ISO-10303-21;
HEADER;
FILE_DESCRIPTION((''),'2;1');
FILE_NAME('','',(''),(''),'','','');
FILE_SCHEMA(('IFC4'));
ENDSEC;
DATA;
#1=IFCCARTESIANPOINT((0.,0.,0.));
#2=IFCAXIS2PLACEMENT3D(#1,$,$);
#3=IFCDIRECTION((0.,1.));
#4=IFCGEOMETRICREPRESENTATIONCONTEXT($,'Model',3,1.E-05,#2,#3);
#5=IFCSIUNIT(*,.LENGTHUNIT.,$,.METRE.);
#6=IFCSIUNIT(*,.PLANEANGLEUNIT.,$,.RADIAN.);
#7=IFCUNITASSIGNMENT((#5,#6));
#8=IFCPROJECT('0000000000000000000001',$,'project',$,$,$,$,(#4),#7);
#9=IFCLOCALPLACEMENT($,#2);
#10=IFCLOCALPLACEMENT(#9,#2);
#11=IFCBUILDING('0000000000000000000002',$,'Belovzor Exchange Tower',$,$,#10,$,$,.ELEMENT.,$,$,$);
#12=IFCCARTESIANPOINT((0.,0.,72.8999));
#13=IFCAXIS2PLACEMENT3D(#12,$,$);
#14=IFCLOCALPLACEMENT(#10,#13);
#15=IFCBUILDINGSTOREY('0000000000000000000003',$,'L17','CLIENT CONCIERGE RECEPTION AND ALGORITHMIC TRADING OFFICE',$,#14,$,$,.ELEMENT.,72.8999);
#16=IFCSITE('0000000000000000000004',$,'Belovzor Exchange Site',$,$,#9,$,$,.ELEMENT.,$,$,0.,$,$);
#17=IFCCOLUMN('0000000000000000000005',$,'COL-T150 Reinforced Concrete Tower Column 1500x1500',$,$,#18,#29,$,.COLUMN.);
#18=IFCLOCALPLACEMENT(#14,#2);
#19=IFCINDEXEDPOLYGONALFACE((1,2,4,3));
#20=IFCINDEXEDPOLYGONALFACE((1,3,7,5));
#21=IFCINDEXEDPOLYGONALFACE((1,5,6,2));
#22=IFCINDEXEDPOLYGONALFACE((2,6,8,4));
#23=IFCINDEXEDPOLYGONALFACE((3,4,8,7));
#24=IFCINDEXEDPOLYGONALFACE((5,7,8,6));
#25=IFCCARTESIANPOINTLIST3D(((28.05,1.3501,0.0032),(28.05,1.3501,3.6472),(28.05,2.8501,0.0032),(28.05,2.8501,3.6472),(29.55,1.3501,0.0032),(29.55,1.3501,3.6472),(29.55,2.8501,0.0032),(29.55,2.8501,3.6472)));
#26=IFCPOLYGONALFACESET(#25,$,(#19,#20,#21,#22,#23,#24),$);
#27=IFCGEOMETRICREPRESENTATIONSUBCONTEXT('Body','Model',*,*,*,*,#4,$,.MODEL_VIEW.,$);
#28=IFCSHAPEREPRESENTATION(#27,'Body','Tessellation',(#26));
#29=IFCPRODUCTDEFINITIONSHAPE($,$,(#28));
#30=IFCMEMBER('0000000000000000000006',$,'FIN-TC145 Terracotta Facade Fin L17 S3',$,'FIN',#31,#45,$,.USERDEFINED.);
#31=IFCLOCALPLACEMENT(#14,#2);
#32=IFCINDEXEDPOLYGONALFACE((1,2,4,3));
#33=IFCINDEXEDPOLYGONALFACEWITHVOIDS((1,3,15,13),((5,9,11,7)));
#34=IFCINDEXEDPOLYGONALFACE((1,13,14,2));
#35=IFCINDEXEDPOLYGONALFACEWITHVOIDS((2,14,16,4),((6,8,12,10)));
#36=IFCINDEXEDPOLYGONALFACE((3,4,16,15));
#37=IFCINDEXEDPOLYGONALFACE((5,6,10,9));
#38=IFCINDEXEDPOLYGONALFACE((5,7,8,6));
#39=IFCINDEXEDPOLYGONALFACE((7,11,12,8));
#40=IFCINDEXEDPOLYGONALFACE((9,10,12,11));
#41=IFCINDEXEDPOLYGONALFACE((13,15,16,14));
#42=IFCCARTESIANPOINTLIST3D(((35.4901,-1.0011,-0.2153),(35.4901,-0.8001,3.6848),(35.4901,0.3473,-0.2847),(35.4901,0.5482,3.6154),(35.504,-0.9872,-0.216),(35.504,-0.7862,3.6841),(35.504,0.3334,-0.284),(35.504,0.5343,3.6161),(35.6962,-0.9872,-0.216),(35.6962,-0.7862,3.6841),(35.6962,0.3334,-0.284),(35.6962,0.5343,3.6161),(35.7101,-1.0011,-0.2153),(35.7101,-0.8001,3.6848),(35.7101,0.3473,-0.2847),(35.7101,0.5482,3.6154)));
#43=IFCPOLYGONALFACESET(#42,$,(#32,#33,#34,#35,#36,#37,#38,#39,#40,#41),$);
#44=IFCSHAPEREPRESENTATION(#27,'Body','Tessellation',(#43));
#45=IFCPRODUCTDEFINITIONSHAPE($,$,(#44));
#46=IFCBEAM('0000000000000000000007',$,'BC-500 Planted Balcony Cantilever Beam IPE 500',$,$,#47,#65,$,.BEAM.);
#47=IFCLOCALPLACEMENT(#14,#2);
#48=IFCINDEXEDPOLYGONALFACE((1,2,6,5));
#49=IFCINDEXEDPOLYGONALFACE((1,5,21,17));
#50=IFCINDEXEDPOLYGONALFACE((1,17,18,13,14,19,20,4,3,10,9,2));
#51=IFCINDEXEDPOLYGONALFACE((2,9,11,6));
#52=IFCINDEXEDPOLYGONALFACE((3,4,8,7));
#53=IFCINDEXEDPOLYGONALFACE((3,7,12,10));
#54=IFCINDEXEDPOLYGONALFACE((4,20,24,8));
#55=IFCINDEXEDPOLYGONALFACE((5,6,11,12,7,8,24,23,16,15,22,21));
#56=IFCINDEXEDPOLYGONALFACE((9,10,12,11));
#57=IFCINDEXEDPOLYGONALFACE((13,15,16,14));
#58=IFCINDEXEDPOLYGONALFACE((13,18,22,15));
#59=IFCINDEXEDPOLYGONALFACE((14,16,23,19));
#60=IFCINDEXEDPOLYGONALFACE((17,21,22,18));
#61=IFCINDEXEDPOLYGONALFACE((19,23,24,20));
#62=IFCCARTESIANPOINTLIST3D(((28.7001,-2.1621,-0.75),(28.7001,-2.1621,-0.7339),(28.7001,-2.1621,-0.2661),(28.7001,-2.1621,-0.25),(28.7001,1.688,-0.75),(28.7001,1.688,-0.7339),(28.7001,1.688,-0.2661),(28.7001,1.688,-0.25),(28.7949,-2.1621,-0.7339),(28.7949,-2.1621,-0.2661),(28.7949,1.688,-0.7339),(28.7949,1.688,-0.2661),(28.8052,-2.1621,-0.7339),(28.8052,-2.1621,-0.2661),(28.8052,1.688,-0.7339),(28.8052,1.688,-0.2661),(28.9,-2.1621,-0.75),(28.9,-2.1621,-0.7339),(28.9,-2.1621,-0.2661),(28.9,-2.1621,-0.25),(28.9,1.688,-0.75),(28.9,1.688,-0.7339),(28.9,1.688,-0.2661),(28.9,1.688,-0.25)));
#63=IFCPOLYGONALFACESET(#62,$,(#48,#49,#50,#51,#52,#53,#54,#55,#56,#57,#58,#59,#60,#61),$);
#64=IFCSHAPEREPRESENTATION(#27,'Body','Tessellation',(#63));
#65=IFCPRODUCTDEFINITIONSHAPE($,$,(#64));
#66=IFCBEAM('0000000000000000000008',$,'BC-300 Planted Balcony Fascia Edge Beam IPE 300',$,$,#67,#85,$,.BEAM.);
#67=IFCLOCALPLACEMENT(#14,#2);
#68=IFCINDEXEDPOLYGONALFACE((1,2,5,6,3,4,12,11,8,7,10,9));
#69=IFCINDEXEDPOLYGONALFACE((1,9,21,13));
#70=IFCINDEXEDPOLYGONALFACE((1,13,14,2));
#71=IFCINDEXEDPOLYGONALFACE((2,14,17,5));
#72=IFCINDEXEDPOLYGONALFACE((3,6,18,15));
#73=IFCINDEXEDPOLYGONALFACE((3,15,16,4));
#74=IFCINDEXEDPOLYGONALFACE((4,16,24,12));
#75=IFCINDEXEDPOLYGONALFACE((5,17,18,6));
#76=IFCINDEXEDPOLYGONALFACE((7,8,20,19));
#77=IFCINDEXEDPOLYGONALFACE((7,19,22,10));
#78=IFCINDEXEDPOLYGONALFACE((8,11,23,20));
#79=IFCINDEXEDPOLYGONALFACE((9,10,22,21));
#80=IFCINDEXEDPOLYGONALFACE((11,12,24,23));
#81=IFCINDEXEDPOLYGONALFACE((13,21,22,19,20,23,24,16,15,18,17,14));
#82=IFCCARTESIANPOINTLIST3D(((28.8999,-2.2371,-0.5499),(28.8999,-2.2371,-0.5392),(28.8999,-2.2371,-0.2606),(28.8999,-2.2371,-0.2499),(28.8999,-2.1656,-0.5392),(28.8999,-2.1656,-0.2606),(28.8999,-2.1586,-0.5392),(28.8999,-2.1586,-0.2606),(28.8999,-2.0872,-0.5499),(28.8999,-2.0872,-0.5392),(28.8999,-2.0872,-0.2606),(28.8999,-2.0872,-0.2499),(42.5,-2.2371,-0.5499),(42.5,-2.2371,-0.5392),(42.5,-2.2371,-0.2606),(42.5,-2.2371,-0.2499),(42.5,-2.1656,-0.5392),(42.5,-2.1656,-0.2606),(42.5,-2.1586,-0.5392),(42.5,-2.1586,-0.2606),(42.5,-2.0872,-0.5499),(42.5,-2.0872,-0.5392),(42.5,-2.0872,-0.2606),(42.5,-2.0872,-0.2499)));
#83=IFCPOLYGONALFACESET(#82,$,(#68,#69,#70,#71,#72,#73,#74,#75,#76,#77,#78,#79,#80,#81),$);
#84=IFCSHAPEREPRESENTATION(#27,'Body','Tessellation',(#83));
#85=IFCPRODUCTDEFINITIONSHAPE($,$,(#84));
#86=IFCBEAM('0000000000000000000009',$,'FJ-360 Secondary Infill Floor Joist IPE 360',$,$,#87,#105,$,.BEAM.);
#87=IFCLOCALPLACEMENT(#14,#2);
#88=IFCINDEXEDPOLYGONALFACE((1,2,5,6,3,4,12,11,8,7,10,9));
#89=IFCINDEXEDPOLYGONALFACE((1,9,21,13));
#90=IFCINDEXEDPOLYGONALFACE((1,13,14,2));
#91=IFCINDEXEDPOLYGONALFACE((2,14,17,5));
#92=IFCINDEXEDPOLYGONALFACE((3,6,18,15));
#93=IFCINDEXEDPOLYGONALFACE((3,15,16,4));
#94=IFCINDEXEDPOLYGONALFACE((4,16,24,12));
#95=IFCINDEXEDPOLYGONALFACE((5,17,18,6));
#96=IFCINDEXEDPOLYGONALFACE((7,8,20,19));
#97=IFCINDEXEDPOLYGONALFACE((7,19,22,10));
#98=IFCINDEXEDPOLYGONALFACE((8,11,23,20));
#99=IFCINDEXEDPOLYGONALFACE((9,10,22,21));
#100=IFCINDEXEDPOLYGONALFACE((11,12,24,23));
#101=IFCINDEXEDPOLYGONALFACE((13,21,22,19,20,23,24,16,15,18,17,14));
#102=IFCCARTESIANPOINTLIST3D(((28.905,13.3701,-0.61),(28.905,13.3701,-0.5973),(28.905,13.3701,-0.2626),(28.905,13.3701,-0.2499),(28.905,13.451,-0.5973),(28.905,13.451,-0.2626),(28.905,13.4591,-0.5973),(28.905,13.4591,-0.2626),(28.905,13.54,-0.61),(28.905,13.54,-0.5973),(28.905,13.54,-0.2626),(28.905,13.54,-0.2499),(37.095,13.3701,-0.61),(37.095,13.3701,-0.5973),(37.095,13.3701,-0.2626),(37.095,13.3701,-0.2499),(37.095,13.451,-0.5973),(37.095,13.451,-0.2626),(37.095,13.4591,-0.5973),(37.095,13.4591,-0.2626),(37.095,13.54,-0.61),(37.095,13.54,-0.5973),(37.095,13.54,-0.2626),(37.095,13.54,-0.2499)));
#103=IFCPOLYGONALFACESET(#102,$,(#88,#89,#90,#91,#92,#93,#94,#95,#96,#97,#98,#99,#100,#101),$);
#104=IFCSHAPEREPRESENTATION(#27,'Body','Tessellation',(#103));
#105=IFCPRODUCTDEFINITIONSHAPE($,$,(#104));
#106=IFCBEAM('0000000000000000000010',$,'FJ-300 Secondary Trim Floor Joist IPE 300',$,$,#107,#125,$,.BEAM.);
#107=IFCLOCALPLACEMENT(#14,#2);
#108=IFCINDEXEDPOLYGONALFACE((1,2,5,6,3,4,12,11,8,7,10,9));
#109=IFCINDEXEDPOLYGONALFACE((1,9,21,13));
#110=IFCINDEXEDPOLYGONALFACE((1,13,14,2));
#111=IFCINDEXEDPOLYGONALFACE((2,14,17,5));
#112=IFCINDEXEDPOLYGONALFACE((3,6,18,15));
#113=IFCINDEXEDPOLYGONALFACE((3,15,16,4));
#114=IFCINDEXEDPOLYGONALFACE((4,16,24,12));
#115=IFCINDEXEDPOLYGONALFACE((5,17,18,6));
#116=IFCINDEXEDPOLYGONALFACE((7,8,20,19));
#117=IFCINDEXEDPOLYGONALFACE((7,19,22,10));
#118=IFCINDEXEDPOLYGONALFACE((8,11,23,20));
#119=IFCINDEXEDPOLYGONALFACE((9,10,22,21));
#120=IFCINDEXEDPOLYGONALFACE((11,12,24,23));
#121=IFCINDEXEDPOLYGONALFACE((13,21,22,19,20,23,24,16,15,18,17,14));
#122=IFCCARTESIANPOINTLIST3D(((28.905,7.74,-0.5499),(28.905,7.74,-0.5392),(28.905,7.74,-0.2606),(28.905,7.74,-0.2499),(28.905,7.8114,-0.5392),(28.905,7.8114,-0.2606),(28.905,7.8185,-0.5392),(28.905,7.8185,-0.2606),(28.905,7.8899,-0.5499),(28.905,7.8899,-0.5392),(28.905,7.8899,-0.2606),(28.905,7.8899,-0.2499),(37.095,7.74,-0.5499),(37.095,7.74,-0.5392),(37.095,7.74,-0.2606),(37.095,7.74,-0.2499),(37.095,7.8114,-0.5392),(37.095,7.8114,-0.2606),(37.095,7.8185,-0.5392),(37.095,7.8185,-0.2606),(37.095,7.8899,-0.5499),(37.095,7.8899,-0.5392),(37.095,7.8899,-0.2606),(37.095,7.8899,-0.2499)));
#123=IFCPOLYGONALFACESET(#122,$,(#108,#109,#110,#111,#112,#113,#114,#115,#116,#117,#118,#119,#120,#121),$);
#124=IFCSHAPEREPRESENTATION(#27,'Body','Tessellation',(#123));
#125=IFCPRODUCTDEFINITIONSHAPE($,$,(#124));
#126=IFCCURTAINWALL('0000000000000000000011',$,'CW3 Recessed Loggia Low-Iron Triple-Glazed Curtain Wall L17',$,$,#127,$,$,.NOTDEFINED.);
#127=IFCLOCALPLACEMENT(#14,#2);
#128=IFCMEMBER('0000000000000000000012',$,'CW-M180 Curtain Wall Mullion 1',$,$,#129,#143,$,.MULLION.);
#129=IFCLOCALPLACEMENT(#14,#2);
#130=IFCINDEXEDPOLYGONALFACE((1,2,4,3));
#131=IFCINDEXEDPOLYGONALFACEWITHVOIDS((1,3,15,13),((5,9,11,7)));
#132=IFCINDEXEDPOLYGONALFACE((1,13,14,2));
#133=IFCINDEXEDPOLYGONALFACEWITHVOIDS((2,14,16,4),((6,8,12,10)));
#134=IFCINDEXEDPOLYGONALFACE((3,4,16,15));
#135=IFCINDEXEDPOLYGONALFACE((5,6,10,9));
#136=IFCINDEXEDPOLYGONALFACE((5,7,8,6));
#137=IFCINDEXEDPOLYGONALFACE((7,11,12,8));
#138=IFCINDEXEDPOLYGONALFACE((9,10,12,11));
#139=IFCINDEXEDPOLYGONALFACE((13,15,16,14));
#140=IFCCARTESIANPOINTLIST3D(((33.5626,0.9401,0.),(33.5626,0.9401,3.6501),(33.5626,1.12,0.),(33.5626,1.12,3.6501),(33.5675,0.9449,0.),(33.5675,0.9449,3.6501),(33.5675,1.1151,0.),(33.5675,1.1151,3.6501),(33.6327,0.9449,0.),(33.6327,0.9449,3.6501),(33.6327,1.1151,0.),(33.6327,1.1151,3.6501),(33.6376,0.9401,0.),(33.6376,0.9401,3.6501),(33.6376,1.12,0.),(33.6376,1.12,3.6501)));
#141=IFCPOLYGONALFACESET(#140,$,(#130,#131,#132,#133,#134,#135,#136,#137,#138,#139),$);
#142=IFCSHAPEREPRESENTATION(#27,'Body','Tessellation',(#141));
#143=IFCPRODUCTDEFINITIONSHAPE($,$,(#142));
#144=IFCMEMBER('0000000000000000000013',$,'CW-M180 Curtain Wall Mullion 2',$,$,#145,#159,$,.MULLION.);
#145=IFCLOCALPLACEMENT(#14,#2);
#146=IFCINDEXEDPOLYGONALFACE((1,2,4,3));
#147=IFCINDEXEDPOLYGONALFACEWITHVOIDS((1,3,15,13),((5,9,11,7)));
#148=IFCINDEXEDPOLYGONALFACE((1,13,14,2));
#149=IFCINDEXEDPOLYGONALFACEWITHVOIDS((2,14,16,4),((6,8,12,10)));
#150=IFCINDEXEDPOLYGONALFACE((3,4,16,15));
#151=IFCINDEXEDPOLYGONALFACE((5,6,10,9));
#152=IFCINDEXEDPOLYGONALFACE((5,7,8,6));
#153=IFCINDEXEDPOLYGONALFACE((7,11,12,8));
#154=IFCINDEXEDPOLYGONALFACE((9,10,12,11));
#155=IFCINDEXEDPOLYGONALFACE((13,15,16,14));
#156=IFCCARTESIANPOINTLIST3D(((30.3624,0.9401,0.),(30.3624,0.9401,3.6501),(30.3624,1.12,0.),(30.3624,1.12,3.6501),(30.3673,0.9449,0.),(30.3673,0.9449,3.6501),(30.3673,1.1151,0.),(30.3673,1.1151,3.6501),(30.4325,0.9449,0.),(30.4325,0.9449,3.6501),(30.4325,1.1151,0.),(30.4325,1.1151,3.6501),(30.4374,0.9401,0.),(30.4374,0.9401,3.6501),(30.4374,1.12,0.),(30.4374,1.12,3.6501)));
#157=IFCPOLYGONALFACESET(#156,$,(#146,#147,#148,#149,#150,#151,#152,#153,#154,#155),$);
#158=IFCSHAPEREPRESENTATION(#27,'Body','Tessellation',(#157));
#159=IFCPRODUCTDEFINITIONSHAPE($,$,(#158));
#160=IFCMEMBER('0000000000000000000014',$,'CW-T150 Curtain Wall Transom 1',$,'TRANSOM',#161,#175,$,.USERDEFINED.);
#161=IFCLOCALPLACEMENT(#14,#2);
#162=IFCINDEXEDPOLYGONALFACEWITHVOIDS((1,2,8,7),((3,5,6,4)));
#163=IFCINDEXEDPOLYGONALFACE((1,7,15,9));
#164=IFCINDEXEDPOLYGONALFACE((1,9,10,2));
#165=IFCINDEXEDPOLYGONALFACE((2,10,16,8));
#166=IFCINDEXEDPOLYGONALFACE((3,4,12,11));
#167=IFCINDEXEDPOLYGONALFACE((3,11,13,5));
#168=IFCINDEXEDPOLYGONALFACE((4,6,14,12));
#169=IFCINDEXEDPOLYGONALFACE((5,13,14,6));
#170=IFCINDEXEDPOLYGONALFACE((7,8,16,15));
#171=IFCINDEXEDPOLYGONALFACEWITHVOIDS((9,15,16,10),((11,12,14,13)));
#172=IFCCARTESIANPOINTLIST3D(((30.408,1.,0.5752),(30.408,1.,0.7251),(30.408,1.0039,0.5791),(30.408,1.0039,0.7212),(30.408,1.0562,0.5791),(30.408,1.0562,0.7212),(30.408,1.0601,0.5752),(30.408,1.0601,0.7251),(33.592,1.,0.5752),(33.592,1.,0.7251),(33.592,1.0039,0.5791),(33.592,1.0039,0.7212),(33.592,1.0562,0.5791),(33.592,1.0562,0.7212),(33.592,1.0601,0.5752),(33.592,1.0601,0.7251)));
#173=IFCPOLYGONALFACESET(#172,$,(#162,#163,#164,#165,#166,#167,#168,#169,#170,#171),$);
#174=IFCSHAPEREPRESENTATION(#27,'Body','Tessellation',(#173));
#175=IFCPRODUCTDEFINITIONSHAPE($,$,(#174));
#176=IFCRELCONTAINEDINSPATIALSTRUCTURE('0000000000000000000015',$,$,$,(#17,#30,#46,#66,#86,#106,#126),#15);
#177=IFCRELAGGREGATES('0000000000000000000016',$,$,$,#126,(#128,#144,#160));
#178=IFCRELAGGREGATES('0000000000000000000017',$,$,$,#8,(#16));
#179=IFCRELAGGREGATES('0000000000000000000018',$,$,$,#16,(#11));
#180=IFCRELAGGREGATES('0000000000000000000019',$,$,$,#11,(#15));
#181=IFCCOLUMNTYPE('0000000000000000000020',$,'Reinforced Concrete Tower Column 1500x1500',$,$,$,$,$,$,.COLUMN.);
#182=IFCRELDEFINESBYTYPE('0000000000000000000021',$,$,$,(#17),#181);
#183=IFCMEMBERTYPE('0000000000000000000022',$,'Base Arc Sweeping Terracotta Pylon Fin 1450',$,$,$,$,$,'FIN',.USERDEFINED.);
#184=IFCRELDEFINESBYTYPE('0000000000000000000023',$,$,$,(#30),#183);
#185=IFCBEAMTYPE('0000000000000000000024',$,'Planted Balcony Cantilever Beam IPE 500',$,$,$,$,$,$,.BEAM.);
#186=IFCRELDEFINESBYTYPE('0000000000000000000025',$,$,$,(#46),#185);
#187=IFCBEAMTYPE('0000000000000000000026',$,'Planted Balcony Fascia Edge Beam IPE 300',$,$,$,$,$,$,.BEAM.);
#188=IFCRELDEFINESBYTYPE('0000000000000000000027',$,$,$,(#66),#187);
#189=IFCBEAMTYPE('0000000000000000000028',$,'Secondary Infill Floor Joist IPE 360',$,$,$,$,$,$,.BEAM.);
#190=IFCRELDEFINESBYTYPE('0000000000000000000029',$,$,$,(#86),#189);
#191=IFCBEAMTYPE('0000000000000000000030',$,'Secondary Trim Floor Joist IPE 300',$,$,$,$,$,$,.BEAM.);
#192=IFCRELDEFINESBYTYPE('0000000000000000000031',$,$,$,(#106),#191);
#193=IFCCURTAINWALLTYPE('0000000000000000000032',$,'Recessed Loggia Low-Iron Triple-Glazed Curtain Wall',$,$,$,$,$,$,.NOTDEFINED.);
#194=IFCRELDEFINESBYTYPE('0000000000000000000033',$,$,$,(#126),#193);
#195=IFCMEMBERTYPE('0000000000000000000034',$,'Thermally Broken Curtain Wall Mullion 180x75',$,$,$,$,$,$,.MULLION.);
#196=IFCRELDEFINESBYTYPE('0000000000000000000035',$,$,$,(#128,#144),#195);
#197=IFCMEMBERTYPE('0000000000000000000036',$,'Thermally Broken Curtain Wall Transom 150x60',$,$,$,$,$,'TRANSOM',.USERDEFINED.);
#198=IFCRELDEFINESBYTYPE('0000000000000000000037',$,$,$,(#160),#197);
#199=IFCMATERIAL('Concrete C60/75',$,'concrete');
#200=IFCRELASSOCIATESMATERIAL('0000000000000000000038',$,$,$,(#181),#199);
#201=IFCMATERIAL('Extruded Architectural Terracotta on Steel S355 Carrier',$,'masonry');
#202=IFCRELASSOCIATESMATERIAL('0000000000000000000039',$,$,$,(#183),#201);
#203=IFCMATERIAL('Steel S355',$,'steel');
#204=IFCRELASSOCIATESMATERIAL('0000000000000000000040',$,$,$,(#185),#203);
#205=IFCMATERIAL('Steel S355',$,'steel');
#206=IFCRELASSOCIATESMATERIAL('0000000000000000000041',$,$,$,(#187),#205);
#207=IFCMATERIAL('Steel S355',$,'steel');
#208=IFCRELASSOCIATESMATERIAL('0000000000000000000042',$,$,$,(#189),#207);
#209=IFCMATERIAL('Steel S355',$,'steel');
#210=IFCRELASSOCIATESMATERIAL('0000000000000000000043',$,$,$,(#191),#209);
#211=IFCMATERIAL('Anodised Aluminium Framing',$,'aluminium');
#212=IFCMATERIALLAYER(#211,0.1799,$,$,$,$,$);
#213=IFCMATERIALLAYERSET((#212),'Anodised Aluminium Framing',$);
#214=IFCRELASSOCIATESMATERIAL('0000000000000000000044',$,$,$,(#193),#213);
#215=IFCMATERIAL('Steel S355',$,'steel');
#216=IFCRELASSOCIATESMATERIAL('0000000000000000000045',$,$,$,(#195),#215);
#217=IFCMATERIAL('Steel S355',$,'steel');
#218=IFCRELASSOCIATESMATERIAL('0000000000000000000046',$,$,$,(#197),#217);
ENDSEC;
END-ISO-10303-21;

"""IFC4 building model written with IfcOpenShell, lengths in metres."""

from ifc_helpers import new_model, si_unit, direction, frame, origin, origin_2d, place, context, subcontext, project, spatial, rectangle, hollow_rectangle, i_section, extrude, material, layer, layer_set, material_profile, profile_set, type_object, element, aggregate, save


model = new_model("IFC4")

# Units and contexts
model_context = context("Model", 3, precision=1e-05, world=origin(), true_north=direction((0.0, 1.0)))
body_context = subcontext(model_context, "Body", "Model", "MODEL_VIEW")
ifc_project = project(units=[si_unit("LENGTHUNIT", "METRE"), si_unit("PLANEANGLEUNIT", "RADIAN")], contexts=[model_context])

# Site, building, storey
site_placement = place(None, origin())
site = spatial("IfcSite", under=ifc_project, at=site_placement, Name="Belovzor Exchange Site", CompositionType="ELEMENT", RefElevation=0.0)
building_placement = place(site_placement, origin())
building = spatial("IfcBuilding", under=site, at=building_placement, Name="Belovzor Exchange Tower", CompositionType="ELEMENT")
storey_placement = place(building_placement, frame((0.0, 0.0, 72.8999)))
storey = spatial("IfcBuildingStorey", under=building, at=storey_placement, Name="L17", Description="CLIENT CONCIERGE RECEPTION AND ALGORITHMIC TRADING OFFICE", CompositionType="ELEMENT", Elevation=72.8999)

# Column
ifc_material_1 = material(Name="Concrete C60/75", Category="concrete")
ifc_material_profile_1 = material_profile(ifc_material_1, rectangle(XDim=1.5, YDim=1.5, at=origin_2d()))
ifc_profile_set_1 = profile_set([ifc_material_profile_1], Name="Concrete C60/75")
column_type = type_object("IfcColumnType", Name="Reinforced Concrete Tower Column 1500x1500", PredefinedType="COLUMN", material=ifc_profile_set_1)
column_placement = place(storey_placement, frame((28.8, 2.1001, 0.0032), z_axis=(0.0, 0.0, 1.0), x_axis=(1.0, 0.0, 0.0)))
element("IfcColumn", 1, at=column_placement, inside=storey, type_object=column_type, Name="COL-T150 Reinforced Concrete Tower Column 1500x1500", PredefinedType="COLUMN", context=body_context, shape_type="SweptSolid", body=[
    extrude(rectangle(XDim=1.5, YDim=1.5, at=origin_2d()), origin(), (0.0, 0.0, 1.0), 3.644),
])

# Member
ifc_material_2 = material(Name="Extruded Architectural Terracotta on Steel S355 Carrier", Category="masonry")
ifc_material_profile_2 = material_profile(ifc_material_2, hollow_rectangle(XDim=0.22, YDim=1.3501, WallThickness=0.0139, at=origin_2d()))
ifc_profile_set_2 = profile_set([ifc_material_profile_2], Name="Extruded Architectural Terracotta on Steel S355 Carrier")
member_type_1 = type_object("IfcMemberType", Name="Base Arc Sweeping Terracotta Pylon Fin 1450", ElementType="FIN", PredefinedType="USERDEFINED", material=ifc_profile_set_2)
member_1_placement = place(storey_placement, frame((35.6001, -0.3269, -0.25), z_axis=(0.0, 0.05145, 0.998676), x_axis=(-1.0, 0.0, 0.0)))
element("IfcMember", 2, at=member_1_placement, inside=storey, type_object=member_type_1, Name="FIN-TC145 Terracotta Facade Fin L17 S3", ObjectType="FIN", PredefinedType="USERDEFINED", context=body_context, shape_type="SweptSolid", body=[
    extrude(hollow_rectangle(XDim=0.22, YDim=1.3501, WallThickness=0.0139, at=origin_2d()), origin(), (0.0, 0.0, 1.0), 3.9053),
])

# Beams
ifc_material_3 = material(Name="Steel S355", Category="steel")
ifc_material_profile_3 = material_profile(ifc_material_3, i_section(OverallWidth=0.2, OverallDepth=0.5, WebThickness=0.0103, FlangeThickness=0.0161, at=origin_2d()))
ifc_profile_set_3 = profile_set([ifc_material_profile_3], Name="Steel S355")
beam_type_1 = type_object("IfcBeamType", Name="Planted Balcony Cantilever Beam IPE 500", PredefinedType="BEAM", material=ifc_profile_set_3)
beam_1_placement = place(storey_placement, frame((28.8, 1.688, -0.5), z_axis=(0.0, -1.0, 0.0), x_axis=(1.0, 0.0, 0.0)))
element("IfcBeam", 3, at=beam_1_placement, inside=storey, type_object=beam_type_1, Name="BC-500 Planted Balcony Cantilever Beam IPE 500", PredefinedType="BEAM", context=body_context, shape_type="SweptSolid", body=[
    extrude(i_section(OverallWidth=0.2, OverallDepth=0.5, WebThickness=0.0103, FlangeThickness=0.0161, at=origin_2d()), origin(), (0.0, 0.0, 1.0), 3.8501),
])
ifc_material_4 = material(Name="Steel S355", Category="steel")
ifc_material_profile_4 = material_profile(ifc_material_4, i_section(OverallWidth=0.1499, OverallDepth=0.3, WebThickness=0.0071, FlangeThickness=0.0107, at=origin_2d()))
ifc_profile_set_4 = profile_set([ifc_material_profile_4], Name="Steel S355")
beam_type_2 = type_object("IfcBeamType", Name="Planted Balcony Fascia Edge Beam IPE 300", PredefinedType="BEAM", material=ifc_profile_set_4)
beam_2_placement = place(storey_placement, frame((28.8999, -2.1621, -0.3999), z_axis=(1.0, 0.0, 0.0), x_axis=(0.0, 1.0, 0.0)))
element("IfcBeam", 4, at=beam_2_placement, inside=storey, type_object=beam_type_2, Name="BC-300 Planted Balcony Fascia Edge Beam IPE 300", PredefinedType="BEAM", context=body_context, shape_type="SweptSolid", body=[
    extrude(i_section(OverallWidth=0.1499, OverallDepth=0.3, WebThickness=0.0071, FlangeThickness=0.0107, at=origin_2d()), origin(), (0.0, 0.0, 1.0), 13.6001),
])
ifc_material_5 = material(Name="Steel S355", Category="steel")
ifc_material_profile_5 = material_profile(ifc_material_5, i_section(OverallWidth=0.1699, OverallDepth=0.3601, WebThickness=0.0081, FlangeThickness=0.0127, at=origin_2d()))
ifc_profile_set_5 = profile_set([ifc_material_profile_5], Name="Steel S355")
beam_type_3 = type_object("IfcBeamType", Name="Secondary Infill Floor Joist IPE 360", PredefinedType="BEAM", material=ifc_profile_set_5)
beam_3_placement = place(storey_placement, frame((28.905, 13.4551, -0.4299), z_axis=(1.0, 0.0, 0.0), x_axis=(0.0, 1.0, 0.0)))
element("IfcBeam", 5, at=beam_3_placement, inside=storey, type_object=beam_type_3, Name="FJ-360 Secondary Infill Floor Joist IPE 360", PredefinedType="BEAM", context=body_context, shape_type="SweptSolid", body=[
    extrude(i_section(OverallWidth=0.1699, OverallDepth=0.3601, WebThickness=0.0081, FlangeThickness=0.0127, at=origin_2d()), origin(), (0.0, 0.0, 1.0), 8.1899),
])
ifc_material_6 = material(Name="Steel S355", Category="steel")
ifc_material_profile_6 = material_profile(ifc_material_6, i_section(OverallWidth=0.1499, OverallDepth=0.3, WebThickness=0.0071, FlangeThickness=0.0107, at=origin_2d()))
ifc_profile_set_6 = profile_set([ifc_material_profile_6], Name="Steel S355")
beam_type_4 = type_object("IfcBeamType", Name="Secondary Trim Floor Joist IPE 300", PredefinedType="BEAM", material=ifc_profile_set_6)
beam_4_placement = place(storey_placement, frame((28.905, 7.8149, -0.3999), z_axis=(1.0, 0.0, 0.0), x_axis=(0.0, 1.0, 0.0)))
element("IfcBeam", 6, at=beam_4_placement, inside=storey, type_object=beam_type_4, Name="FJ-300 Secondary Trim Floor Joist IPE 300", PredefinedType="BEAM", context=body_context, shape_type="SweptSolid", body=[
    extrude(i_section(OverallWidth=0.1499, OverallDepth=0.3, WebThickness=0.0071, FlangeThickness=0.0107, at=origin_2d()), origin(), (0.0, 0.0, 1.0), 8.1899),
])

# Curtain wall, members
ifc_material_7 = material(Name="Anodised Aluminium Framing", Category="aluminium")
ifc_layer_1 = layer(ifc_material_7, 0.1799)
ifc_layer_set_1 = layer_set([ifc_layer_1], Name="Anodised Aluminium Framing")
curtain_wall_type = type_object("IfcCurtainWallType", Name="Recessed Loggia Low-Iron Triple-Glazed Curtain Wall", PredefinedType="NOTDEFINED", material=ifc_layer_set_1)
curtain_wall_placement = place(storey_placement, origin())
curtain_wall = element("IfcCurtainWall", 7, at=curtain_wall_placement, inside=storey, type_object=curtain_wall_type, Name="CW3 Recessed Loggia Low-Iron Triple-Glazed Curtain Wall L17", PredefinedType="NOTDEFINED")
ifc_material_8 = material(Name="Steel S355", Category="steel")
ifc_material_profile_7 = material_profile(ifc_material_8, hollow_rectangle(XDim=0.075, YDim=0.1799, WallThickness=0.0049, at=origin_2d()))
ifc_profile_set_7 = profile_set([ifc_material_profile_7], Name="Steel S355")
member_type_2 = type_object("IfcMemberType", Name="Thermally Broken Curtain Wall Mullion 180x75", PredefinedType="MULLION", material=ifc_profile_set_7)
member_2_placement = place(storey_placement, frame((33.6001, 1.03, 0.0), z_axis=(0.0, 0.0, 1.0), x_axis=(-1.0, 0.0, 0.0)))
member_2 = element("IfcMember", 8, at=member_2_placement, type_object=member_type_2, Name="CW-M180 Curtain Wall Mullion 1", PredefinedType="MULLION", context=body_context, shape_type="SweptSolid", body=[
    extrude(hollow_rectangle(XDim=0.075, YDim=0.1799, WallThickness=0.0049, at=origin_2d()), origin(), (0.0, 0.0, 1.0), 3.6501),
])
member_3_placement = place(storey_placement, frame((30.3999, 1.03, 0.0), z_axis=(0.0, 0.0, 1.0), x_axis=(-1.0, 0.0, 0.0)))
member_3 = element("IfcMember", 9, at=member_3_placement, type_object=member_type_2, Name="CW-M180 Curtain Wall Mullion 2", PredefinedType="MULLION", context=body_context, shape_type="SweptSolid", body=[
    extrude(hollow_rectangle(XDim=0.075, YDim=0.1799, WallThickness=0.0049, at=origin_2d()), origin(), (0.0, 0.0, 1.0), 3.6501),
])
ifc_material_9 = material(Name="Steel S355", Category="steel")
ifc_material_profile_8 = material_profile(ifc_material_9, hollow_rectangle(XDim=0.0601, YDim=0.1499, WallThickness=0.0039, at=origin_2d()))
ifc_profile_set_8 = profile_set([ifc_material_profile_8], Name="Steel S355")
member_type_3 = type_object("IfcMemberType", Name="Thermally Broken Curtain Wall Transom 150x60", ElementType="TRANSOM", PredefinedType="USERDEFINED", material=ifc_profile_set_8)
member_4_placement = place(storey_placement, frame((33.592, 1.03, 0.6501), z_axis=(-1.0, 0.0, 0.0), x_axis=(0.0, -1.0, 0.0)))
member_4 = element("IfcMember", 10, at=member_4_placement, type_object=member_type_3, Name="CW-T150 Curtain Wall Transom 1", ObjectType="TRANSOM", PredefinedType="USERDEFINED", context=body_context, shape_type="SweptSolid", body=[
    extrude(hollow_rectangle(XDim=0.0601, YDim=0.1499, WallThickness=0.0039, at=origin_2d()), origin(), (0.0, 0.0, 1.0), 3.1841),
])

aggregate(curtain_wall, [member_2, member_3, member_4])

save(model, "model.ifc")
